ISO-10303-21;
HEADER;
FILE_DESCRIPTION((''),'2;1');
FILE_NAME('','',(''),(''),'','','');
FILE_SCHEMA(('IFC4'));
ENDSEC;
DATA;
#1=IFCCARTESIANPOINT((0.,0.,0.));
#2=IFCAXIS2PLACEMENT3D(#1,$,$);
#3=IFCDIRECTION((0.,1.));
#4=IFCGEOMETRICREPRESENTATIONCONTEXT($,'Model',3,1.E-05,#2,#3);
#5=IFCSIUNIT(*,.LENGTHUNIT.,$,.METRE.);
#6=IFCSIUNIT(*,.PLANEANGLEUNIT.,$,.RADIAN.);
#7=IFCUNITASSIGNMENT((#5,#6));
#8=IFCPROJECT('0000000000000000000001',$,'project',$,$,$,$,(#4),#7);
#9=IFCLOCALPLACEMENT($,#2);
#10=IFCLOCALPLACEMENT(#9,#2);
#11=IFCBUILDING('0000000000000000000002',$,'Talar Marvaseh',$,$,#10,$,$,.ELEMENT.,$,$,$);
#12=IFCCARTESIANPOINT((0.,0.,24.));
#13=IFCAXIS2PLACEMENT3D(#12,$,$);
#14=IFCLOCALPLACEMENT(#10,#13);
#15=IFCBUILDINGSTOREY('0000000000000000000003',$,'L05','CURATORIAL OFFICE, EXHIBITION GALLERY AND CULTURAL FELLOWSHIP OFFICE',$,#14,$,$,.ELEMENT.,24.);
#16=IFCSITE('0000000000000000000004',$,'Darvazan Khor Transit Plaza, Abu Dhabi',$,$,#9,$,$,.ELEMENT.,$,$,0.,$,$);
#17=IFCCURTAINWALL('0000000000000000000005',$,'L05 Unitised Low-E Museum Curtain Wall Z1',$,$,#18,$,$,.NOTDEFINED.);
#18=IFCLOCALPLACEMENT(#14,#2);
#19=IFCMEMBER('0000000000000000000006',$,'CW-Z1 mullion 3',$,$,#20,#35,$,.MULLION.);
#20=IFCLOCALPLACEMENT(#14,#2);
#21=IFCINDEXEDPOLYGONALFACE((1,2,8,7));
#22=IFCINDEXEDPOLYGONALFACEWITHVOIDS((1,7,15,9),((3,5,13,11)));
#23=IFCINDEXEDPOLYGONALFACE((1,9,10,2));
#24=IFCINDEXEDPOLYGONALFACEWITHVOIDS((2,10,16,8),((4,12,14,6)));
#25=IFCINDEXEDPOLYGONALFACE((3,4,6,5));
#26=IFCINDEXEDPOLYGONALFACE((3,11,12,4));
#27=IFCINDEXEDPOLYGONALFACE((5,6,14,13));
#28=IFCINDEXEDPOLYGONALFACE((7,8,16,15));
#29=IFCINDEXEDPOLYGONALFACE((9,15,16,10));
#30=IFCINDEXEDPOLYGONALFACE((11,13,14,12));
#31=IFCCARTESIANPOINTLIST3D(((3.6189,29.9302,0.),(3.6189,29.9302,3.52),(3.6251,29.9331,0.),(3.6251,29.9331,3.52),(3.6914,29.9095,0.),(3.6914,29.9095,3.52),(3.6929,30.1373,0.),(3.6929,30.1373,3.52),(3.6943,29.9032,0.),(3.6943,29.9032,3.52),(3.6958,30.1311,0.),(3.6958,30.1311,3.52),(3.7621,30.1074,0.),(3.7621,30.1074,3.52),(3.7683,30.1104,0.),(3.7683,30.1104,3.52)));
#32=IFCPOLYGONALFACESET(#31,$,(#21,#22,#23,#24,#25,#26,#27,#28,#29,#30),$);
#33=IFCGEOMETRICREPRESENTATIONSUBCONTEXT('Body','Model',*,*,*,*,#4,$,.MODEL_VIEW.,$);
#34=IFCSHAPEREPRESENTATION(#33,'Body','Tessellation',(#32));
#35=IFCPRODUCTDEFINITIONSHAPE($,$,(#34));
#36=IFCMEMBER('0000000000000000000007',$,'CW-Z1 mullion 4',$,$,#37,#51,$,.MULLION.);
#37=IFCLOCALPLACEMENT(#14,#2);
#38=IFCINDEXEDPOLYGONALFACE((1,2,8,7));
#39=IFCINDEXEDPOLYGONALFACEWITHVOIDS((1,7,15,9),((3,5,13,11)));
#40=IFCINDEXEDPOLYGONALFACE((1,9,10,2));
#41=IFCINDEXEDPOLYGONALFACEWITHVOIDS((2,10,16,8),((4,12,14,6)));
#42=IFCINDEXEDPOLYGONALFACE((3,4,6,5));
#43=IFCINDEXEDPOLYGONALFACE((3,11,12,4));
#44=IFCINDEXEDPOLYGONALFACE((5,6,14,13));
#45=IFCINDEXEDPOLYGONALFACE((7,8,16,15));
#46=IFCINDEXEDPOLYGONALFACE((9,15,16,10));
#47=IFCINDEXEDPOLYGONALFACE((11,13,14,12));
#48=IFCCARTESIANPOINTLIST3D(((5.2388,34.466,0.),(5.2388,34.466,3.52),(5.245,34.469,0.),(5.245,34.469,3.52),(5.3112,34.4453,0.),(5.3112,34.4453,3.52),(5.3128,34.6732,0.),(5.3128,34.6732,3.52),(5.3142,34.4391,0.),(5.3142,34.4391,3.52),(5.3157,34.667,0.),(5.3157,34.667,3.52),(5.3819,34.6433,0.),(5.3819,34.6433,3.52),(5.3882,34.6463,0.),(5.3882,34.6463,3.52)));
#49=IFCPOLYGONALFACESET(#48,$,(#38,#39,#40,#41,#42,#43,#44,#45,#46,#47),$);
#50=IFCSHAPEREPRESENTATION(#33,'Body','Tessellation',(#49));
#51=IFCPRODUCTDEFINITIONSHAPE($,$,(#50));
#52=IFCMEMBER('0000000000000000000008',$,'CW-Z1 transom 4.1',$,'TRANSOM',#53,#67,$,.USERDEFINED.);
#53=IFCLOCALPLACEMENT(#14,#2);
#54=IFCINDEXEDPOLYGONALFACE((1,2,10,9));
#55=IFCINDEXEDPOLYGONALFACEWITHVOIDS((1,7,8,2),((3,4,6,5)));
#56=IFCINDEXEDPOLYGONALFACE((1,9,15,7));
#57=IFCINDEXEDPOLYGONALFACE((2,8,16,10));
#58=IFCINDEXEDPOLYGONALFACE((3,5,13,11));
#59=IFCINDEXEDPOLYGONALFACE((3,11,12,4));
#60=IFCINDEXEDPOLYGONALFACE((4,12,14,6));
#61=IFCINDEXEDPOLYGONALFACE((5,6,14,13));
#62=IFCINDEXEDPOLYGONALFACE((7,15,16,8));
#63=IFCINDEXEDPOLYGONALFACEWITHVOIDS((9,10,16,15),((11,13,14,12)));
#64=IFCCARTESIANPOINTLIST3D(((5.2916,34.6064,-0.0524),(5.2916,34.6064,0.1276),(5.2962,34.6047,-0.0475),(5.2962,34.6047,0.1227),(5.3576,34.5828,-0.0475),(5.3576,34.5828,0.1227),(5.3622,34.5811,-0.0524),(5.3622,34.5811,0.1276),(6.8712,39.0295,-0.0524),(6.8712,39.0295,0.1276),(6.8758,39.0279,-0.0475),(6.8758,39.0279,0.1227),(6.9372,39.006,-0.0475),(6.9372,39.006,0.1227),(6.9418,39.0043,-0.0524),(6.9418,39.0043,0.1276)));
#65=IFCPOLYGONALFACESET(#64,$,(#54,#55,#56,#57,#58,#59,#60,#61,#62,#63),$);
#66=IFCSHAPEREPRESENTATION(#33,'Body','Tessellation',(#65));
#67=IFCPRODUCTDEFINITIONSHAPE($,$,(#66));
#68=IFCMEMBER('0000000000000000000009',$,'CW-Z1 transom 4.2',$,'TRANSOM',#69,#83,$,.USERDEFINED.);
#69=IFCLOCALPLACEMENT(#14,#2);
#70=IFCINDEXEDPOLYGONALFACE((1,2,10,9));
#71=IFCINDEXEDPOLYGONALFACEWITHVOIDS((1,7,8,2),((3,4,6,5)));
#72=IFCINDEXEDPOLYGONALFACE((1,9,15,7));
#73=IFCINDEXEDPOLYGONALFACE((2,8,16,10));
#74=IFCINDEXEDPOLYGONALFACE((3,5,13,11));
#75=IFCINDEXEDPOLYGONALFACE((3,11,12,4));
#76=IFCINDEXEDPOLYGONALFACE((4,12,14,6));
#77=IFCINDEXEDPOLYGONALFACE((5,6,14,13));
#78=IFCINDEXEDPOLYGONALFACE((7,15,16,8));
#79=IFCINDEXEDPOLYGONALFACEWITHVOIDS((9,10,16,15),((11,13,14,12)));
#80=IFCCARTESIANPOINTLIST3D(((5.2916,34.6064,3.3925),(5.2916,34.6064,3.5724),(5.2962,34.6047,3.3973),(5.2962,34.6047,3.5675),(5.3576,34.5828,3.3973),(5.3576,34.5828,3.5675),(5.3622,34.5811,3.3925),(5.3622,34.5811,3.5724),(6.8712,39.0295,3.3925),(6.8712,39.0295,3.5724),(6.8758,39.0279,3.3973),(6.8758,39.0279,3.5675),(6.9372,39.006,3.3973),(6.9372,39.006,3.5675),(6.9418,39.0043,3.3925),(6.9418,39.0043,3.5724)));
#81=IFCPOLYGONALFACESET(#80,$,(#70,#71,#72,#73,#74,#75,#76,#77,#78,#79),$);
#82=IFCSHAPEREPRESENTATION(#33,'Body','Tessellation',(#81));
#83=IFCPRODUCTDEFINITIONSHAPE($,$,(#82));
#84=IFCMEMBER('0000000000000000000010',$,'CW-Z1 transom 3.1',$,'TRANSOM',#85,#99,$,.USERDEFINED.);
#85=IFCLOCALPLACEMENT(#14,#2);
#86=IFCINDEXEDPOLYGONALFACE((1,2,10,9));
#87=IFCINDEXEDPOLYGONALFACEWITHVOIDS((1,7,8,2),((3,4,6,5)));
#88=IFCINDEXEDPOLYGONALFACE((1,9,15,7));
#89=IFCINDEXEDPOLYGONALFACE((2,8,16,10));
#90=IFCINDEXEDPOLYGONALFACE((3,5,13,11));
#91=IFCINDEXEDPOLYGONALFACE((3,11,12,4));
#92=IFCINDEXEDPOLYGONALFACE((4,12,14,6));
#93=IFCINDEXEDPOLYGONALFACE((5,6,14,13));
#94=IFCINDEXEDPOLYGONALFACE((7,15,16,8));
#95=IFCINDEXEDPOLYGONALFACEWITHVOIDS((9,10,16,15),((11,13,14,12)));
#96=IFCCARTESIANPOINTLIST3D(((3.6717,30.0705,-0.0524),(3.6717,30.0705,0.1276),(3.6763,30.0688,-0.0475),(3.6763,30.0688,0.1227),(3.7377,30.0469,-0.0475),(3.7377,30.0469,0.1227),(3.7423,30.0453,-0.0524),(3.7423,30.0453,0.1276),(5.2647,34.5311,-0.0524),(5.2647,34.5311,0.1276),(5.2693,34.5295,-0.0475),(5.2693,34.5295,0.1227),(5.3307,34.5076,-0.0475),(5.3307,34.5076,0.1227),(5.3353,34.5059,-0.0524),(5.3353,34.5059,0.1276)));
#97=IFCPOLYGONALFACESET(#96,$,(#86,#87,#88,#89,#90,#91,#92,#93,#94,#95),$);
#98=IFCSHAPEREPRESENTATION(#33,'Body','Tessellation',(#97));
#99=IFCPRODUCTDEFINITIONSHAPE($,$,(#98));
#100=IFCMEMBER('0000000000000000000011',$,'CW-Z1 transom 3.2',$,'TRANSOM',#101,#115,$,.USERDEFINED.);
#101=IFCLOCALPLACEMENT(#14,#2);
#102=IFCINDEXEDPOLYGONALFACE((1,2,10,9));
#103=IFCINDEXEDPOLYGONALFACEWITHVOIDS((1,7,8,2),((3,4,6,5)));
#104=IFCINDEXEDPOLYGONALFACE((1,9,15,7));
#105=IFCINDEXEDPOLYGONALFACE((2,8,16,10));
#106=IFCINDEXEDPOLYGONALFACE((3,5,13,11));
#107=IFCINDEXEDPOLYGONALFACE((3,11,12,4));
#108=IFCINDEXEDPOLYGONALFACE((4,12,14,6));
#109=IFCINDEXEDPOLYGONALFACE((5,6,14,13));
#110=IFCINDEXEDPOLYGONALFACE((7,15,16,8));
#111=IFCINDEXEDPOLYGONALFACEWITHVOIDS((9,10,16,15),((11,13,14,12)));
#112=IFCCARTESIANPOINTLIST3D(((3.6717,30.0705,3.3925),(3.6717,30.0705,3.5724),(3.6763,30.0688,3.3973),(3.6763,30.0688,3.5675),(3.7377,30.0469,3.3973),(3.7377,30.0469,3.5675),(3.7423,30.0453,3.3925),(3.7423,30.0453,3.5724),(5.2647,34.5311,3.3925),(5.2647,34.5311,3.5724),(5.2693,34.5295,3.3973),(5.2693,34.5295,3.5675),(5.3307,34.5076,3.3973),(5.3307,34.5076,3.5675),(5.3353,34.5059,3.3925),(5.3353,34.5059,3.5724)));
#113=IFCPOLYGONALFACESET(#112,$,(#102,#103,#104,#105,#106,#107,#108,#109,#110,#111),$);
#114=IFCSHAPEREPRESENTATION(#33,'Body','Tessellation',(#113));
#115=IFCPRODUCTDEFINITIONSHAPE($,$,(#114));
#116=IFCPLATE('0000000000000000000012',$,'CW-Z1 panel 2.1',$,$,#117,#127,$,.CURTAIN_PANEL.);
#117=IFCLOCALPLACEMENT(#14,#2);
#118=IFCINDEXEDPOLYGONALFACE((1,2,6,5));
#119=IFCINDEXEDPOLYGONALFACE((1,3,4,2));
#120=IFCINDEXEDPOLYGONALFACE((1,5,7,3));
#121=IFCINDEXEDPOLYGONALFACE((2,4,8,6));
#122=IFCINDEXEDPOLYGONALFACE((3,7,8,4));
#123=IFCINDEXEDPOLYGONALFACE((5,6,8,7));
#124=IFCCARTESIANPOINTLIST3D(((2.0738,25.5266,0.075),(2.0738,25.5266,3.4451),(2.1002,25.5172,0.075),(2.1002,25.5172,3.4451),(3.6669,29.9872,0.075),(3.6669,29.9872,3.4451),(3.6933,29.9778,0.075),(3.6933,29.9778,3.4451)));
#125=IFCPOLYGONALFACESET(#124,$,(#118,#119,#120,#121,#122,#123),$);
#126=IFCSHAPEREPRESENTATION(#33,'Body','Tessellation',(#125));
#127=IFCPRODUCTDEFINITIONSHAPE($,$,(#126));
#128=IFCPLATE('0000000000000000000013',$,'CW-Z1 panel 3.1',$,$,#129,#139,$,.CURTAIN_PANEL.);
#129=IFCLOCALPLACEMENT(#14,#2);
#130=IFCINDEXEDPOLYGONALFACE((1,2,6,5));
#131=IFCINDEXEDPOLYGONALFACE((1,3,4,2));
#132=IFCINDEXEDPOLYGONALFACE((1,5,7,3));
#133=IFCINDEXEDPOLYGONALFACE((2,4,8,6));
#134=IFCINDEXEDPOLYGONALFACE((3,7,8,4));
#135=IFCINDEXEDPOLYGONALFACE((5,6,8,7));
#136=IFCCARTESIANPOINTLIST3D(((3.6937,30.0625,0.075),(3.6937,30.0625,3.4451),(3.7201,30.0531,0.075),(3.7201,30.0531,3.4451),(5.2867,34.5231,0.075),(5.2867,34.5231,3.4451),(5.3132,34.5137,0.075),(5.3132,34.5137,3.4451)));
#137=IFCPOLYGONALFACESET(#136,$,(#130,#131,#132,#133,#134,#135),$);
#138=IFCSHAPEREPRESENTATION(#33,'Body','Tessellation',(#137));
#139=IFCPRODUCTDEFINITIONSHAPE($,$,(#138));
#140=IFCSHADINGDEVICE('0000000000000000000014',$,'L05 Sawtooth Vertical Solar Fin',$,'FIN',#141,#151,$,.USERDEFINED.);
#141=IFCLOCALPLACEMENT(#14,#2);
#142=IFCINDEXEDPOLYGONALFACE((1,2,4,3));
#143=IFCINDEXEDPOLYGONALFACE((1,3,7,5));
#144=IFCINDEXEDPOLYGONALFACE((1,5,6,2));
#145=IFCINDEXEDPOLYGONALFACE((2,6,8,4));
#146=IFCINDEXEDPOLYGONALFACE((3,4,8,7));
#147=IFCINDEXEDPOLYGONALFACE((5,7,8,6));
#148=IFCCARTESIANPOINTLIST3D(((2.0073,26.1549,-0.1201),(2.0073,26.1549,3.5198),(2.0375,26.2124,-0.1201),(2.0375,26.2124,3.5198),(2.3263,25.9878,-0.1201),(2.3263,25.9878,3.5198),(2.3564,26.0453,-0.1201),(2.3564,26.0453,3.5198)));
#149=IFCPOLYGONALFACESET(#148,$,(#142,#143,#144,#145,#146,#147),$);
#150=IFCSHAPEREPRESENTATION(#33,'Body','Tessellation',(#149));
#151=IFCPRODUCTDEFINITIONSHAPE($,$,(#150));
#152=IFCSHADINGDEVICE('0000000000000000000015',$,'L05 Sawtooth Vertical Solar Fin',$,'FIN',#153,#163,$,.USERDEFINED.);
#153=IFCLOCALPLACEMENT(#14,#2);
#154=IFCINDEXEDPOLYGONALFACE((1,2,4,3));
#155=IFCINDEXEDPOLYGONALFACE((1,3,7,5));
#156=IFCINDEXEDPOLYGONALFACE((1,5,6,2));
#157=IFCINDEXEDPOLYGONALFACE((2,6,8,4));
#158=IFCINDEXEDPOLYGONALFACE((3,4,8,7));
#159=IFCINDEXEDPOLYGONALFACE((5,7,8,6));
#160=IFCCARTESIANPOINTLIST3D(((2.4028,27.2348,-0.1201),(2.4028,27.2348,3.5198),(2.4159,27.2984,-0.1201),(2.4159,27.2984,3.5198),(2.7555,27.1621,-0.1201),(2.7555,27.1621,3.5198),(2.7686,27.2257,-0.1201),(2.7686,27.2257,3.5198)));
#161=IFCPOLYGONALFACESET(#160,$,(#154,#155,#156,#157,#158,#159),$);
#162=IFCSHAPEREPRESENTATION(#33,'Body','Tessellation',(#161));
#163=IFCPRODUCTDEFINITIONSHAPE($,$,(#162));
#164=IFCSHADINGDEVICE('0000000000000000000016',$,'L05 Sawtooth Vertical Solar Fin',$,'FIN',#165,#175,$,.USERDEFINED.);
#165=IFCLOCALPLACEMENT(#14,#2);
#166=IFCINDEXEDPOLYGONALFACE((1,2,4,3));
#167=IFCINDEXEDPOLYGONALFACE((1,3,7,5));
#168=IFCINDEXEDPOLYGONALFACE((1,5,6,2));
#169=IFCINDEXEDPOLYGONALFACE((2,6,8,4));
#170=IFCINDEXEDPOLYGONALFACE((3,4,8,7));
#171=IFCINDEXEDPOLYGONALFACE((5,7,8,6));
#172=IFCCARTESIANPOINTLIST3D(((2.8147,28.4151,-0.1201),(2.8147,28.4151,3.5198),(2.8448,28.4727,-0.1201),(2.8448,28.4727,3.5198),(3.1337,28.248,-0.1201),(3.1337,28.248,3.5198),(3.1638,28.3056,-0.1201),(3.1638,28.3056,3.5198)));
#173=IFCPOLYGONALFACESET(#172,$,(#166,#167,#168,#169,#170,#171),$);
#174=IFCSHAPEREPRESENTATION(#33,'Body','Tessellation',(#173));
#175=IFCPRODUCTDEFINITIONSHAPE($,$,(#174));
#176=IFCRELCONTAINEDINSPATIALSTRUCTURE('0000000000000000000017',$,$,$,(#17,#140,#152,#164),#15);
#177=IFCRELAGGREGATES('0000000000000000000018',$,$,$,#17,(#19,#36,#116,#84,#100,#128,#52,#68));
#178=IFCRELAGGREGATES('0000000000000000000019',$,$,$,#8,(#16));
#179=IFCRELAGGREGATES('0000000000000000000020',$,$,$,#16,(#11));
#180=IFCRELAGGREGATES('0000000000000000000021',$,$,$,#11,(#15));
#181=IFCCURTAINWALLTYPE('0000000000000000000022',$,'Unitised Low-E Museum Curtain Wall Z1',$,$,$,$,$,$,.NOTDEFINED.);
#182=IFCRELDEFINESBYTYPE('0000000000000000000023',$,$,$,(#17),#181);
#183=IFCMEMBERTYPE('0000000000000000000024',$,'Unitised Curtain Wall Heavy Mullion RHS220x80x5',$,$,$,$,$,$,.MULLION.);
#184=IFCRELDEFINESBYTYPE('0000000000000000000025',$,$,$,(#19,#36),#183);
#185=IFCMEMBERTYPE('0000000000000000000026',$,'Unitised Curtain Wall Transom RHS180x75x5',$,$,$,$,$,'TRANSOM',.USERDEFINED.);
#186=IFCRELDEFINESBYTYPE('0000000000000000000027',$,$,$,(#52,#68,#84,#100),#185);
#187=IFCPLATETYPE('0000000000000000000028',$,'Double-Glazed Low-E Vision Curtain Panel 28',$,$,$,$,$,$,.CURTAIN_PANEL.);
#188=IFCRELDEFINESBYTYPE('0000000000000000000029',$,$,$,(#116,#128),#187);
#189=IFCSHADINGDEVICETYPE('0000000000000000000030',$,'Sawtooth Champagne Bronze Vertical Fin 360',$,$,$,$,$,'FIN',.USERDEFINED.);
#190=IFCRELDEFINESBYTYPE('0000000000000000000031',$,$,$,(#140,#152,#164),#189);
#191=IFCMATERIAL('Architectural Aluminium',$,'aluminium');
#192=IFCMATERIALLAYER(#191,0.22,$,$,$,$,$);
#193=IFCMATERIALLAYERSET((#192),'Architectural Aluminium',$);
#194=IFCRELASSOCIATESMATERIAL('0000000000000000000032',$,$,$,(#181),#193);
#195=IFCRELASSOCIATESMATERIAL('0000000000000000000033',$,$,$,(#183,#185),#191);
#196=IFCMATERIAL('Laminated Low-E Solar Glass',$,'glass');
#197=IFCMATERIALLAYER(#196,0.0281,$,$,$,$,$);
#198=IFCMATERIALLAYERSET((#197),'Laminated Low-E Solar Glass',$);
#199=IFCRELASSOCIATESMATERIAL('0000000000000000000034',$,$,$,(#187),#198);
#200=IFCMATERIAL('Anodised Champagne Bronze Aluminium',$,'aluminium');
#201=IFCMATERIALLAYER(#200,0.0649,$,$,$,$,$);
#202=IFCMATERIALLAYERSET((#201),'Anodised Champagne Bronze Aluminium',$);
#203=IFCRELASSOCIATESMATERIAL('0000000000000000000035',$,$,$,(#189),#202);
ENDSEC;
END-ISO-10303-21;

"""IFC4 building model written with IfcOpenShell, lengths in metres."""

from ifc_helpers import new_model, si_unit, direction, frame, origin, origin_2d, place, context, subcontext, project, spatial, rectangle, hollow_rectangle, extrude, source, transform, mapped, material, layer, layer_set, material_profile, profile_set, type_object, type_shapes, element, aggregate, save


model = new_model("IFC4")

# Units and contexts
model_context = context("Model", 3, precision=1e-05, world=origin(), true_north=direction((0.0, 1.0)))
body_context = subcontext(model_context, "Body", "Model", "MODEL_VIEW")
ifc_project = project(units=[si_unit("LENGTHUNIT", "METRE"), si_unit("PLANEANGLEUNIT", "RADIAN")], contexts=[model_context])

# Site, building, storey
site_placement = place(None, origin())
site = spatial("IfcSite", under=ifc_project, at=site_placement, Name="Darvazan Khor Transit Plaza, Abu Dhabi", CompositionType="ELEMENT", RefElevation=0.0)
building_placement = place(site_placement, origin())
building = spatial("IfcBuilding", under=site, at=building_placement, Name="Talar Marvaseh", CompositionType="ELEMENT")
storey_placement = place(building_placement, frame((0.0, 0.0, 24.0)))
storey = spatial("IfcBuildingStorey", under=building, at=storey_placement, Name="L05", Description="CURATORIAL OFFICE, EXHIBITION GALLERY AND CULTURAL FELLOWSHIP OFFICE", CompositionType="ELEMENT", Elevation=24.0)

# Curtain wall, members, plates
ifc_material_1 = material(Name="Architectural Aluminium", Category="aluminium")
ifc_layer_1 = layer(ifc_material_1, 0.22)
ifc_layer_set_1 = layer_set([ifc_layer_1], Name="Architectural Aluminium")
curtain_wall_type = type_object("IfcCurtainWallType", Name="Unitised Low-E Museum Curtain Wall Z1", PredefinedType="NOTDEFINED", material=ifc_layer_set_1)
curtain_wall_placement = place(storey_placement, origin())
curtain_wall = element("IfcCurtainWall", 1, at=curtain_wall_placement, inside=storey, type_object=curtain_wall_type, Name="L05 Unitised Low-E Museum Curtain Wall Z1", PredefinedType="NOTDEFINED")
ifc_material_profile_1 = material_profile(ifc_material_1, hollow_rectangle(XDim=0.0801, YDim=0.22, WallThickness=0.0049, at=origin_2d()), Name="RHS220x80x5")
ifc_profile_set_1 = profile_set([ifc_material_profile_1], Name="Architectural Aluminium")
member_type_1 = type_object("IfcMemberType", Name="Unitised Curtain Wall Heavy Mullion RHS220x80x5", PredefinedType="MULLION", material=ifc_profile_set_1)
shared_shape_1 = source(origin(), body_context, "Body", "SweptSolid", [
    extrude(hollow_rectangle(XDim=0.0801, YDim=0.22, WallThickness=0.0049, at=origin_2d()), origin(), (0.0, 0.0, 1.0), 3.52),
])
type_shapes(member_type_1, [shared_shape_1])
member_1_placement = place(storey_placement, frame((3.6936, 30.0203, 0.0), z_axis=(0.0, 0.0, 1.0), x_axis=(-0.941742, 0.336336, 0.0)))
member_1 = element("IfcMember", 2, at=member_1_placement, type_object=member_type_1, Name="CW-Z1 mullion 3", PredefinedType="MULLION", context=body_context, shape_type="MappedRepresentation", body=[
    mapped(shared_shape_1, transform((0.0, 0.0, 0.0), x_axis=(1.0, 0.0, 0.0), y_axis=(0.0, 1.0, 0.0), z_axis=(0.0, 0.0, 1.0), scale=1.0)),
])
member_2_placement = place(storey_placement, frame((5.3135, 34.5562, 0.0), z_axis=(0.0, 0.0, 1.0), x_axis=(-0.941742, 0.336336, 0.0)))
member_2 = element("IfcMember", 3, at=member_2_placement, type_object=member_type_1, Name="CW-Z1 mullion 4", PredefinedType="MULLION", context=body_context, shape_type="MappedRepresentation", body=[
    mapped(shared_shape_1, transform((0.0, 0.0, 0.0), x_axis=(1.0, 0.0, 0.0), y_axis=(0.0, 1.0, 0.0), z_axis=(0.0, 0.0, 1.0), scale=1.0)),
])
ifc_material_profile_2 = material_profile(ifc_material_1, hollow_rectangle(XDim=0.075, YDim=0.1799, WallThickness=0.0049, at=origin_2d()), Name="RHS180x75x5")
ifc_profile_set_2 = profile_set([ifc_material_profile_2], Name="Architectural Aluminium")
member_type_2 = type_object("IfcMemberType", Name="Unitised Curtain Wall Transom RHS180x75x5", ElementType="TRANSOM", PredefinedType="USERDEFINED", material=ifc_profile_set_2)
shared_shape_2 = source(origin(), body_context, "Body", "SweptSolid", [
    extrude(hollow_rectangle(XDim=0.075, YDim=0.1799, WallThickness=0.0049, at=origin_2d()), origin(), (0.0, 0.0, 1.0), 4.6968),
])
member_3_placement = place(storey_placement, frame((5.3269, 34.5938, 0.0376), z_axis=(0.33632, 0.941748, 0.0), x_axis=(-0.941748, 0.33632, 0.0)))
member_3 = element("IfcMember", 4, at=member_3_placement, type_object=member_type_2, Name="CW-Z1 transom 4.1", ObjectType="TRANSOM", PredefinedType="USERDEFINED", context=body_context, shape_type="MappedRepresentation", body=[
    mapped(shared_shape_2, transform((0.0, 0.0, 0.0), x_axis=(1.0, 0.0, 0.0), y_axis=(0.0, 1.0, 0.0), z_axis=(0.0, 0.0, 1.0), scale=1.0)),
])
member_4_placement = place(storey_placement, frame((5.3269, 34.5938, 3.4824), z_axis=(0.33632, 0.941748, 0.0), x_axis=(-0.941748, 0.33632, 0.0)))
member_4 = element("IfcMember", 5, at=member_4_placement, type_object=member_type_2, Name="CW-Z1 transom 4.2", ObjectType="TRANSOM", PredefinedType="USERDEFINED", context=body_context, shape_type="MappedRepresentation", body=[
    mapped(shared_shape_2, transform((0.0, 0.0, 0.0), x_axis=(1.0, 0.0, 0.0), y_axis=(0.0, 1.0, 0.0), z_axis=(0.0, 0.0, 1.0), scale=1.0)),
])
shared_shape_3 = source(origin(), body_context, "Body", "SweptSolid", [
    extrude(hollow_rectangle(XDim=0.075, YDim=0.1799, WallThickness=0.0049, at=origin_2d()), origin(), (0.0, 0.0, 1.0), 4.7366),
])
type_shapes(member_type_2, [shared_shape_2, shared_shape_3])
member_5_placement = place(storey_placement, frame((3.707, 30.0579, 0.0376), z_axis=(0.33632, 0.941748, 0.0), x_axis=(-0.941748, 0.33632, 0.0)))
member_5 = element("IfcMember", 6, at=member_5_placement, type_object=member_type_2, Name="CW-Z1 transom 3.1", ObjectType="TRANSOM", PredefinedType="USERDEFINED", context=body_context, shape_type="MappedRepresentation", body=[
    mapped(shared_shape_3, transform((0.0, 0.0, 0.0), x_axis=(1.0, 0.0, 0.0), y_axis=(0.0, 1.0, 0.0), z_axis=(0.0, 0.0, 1.0), scale=1.0)),
])
member_6_placement = place(storey_placement, frame((3.707, 30.0579, 3.4824), z_axis=(0.33632, 0.941748, 0.0), x_axis=(-0.941748, 0.33632, 0.0)))
member_6 = element("IfcMember", 7, at=member_6_placement, type_object=member_type_2, Name="CW-Z1 transom 3.2", ObjectType="TRANSOM", PredefinedType="USERDEFINED", context=body_context, shape_type="MappedRepresentation", body=[
    mapped(shared_shape_3, transform((0.0, 0.0, 0.0), x_axis=(1.0, 0.0, 0.0), y_axis=(0.0, 1.0, 0.0), z_axis=(0.0, 0.0, 1.0), scale=1.0)),
])
ifc_material_2 = material(Name="Laminated Low-E Solar Glass", Category="glass")
ifc_layer_2 = layer(ifc_material_2, 0.0281)
ifc_layer_set_2 = layer_set([ifc_layer_2], Name="Laminated Low-E Solar Glass")
plate_type = type_object("IfcPlateType", Name="Double-Glazed Low-E Vision Curtain Panel 28", PredefinedType="CURTAIN_PANEL", material=ifc_layer_set_2)
shared_shape_4 = source(origin(), body_context, "Body", "SweptSolid", [
    extrude(rectangle(XDim=4.7366, YDim=0.0281, at=origin_2d()), origin(), (0.0, 0.0, 1.0), 3.3701),
])
type_shapes(plate_type, [shared_shape_4])
plate_1_placement = place(storey_placement, frame((2.8835, 27.7522, 0.075), z_axis=(0.0, 0.0, 1.0), x_axis=(0.336336, 0.941742, 0.0)))
plate_1 = element("IfcPlate", 8, at=plate_1_placement, type_object=plate_type, Name="CW-Z1 panel 2.1", PredefinedType="CURTAIN_PANEL", context=body_context, shape_type="MappedRepresentation", body=[
    mapped(shared_shape_4, transform((0.0, 0.0, 0.0), x_axis=(1.0, 0.0, 0.0), y_axis=(0.0, 1.0, 0.0), z_axis=(0.0, 0.0, 1.0), scale=1.0)),
])
plate_2_placement = place(storey_placement, frame((4.5034, 32.2881, 0.075), z_axis=(0.0, 0.0, 1.0), x_axis=(0.336336, 0.941742, 0.0)))
plate_2 = element("IfcPlate", 9, at=plate_2_placement, type_object=plate_type, Name="CW-Z1 panel 3.1", PredefinedType="CURTAIN_PANEL", context=body_context, shape_type="MappedRepresentation", body=[
    mapped(shared_shape_4, transform((0.0, 0.0, 0.0), x_axis=(1.0, 0.0, 0.0), y_axis=(0.0, 1.0, 0.0), z_axis=(0.0, 0.0, 1.0), scale=1.0)),
])
aggregate(curtain_wall, [member_1, member_2, plate_1, member_5, member_6, plate_2, member_3, member_4])

# Shading devices
ifc_material_3 = material(Name="Anodised Champagne Bronze Aluminium", Category="aluminium")
ifc_layer_3 = layer(ifc_material_3, 0.0649)
ifc_layer_set_3 = layer_set([ifc_layer_3], Name="Anodised Champagne Bronze Aluminium")
shading_device_type_1 = type_object("IfcShadingDeviceType", Name="Sawtooth Champagne Bronze Vertical Fin 360", ElementType="FIN", PredefinedType="USERDEFINED", material=ifc_layer_set_3)
shared_shape_5 = source(origin(), body_context, "Body", "SweptSolid", [
    extrude(rectangle(XDim=0.3601, YDim=0.0649, at=origin_2d()), origin(), (0.0, 0.0, 1.0), 3.6399),
])
type_shapes(shading_device_type_1, [shared_shape_5])
for number, where, z_axis, x_axis, name in (
    (10, (2.1819, 26.1001, -0.1201), (0.0, 0.0, 1.0), (-0.885799, 0.464069, 0.0), "L05 Sawtooth Vertical Solar Fin"),
    (11, (2.5857, 27.2302, -0.1201), (0.0, 0.0, 1.0), (-0.979399, 0.201933, 0.0), "L05 Sawtooth Vertical Solar Fin"),
    (12, (2.9893, 28.3604, -0.1201), (0.0, 0.0, 1.0), (-0.885799, 0.464069, 0.0), "L05 Sawtooth Vertical Solar Fin"),
):
    element("IfcShadingDevice", number, at=place(storey_placement, frame(where, z_axis=z_axis, x_axis=x_axis)), inside=storey, type_object=shading_device_type_1, Name=name, ObjectType="FIN", PredefinedType="USERDEFINED", context=body_context, shape_type="MappedRepresentation", body=[
        mapped(shared_shape_5, transform((0.0, 0.0, 0.0), x_axis=(1.0, 0.0, 0.0), y_axis=(0.0, 1.0, 0.0), z_axis=(0.0, 0.0, 1.0), scale=1.0)),
    ])

save(model, "model.ifc")
